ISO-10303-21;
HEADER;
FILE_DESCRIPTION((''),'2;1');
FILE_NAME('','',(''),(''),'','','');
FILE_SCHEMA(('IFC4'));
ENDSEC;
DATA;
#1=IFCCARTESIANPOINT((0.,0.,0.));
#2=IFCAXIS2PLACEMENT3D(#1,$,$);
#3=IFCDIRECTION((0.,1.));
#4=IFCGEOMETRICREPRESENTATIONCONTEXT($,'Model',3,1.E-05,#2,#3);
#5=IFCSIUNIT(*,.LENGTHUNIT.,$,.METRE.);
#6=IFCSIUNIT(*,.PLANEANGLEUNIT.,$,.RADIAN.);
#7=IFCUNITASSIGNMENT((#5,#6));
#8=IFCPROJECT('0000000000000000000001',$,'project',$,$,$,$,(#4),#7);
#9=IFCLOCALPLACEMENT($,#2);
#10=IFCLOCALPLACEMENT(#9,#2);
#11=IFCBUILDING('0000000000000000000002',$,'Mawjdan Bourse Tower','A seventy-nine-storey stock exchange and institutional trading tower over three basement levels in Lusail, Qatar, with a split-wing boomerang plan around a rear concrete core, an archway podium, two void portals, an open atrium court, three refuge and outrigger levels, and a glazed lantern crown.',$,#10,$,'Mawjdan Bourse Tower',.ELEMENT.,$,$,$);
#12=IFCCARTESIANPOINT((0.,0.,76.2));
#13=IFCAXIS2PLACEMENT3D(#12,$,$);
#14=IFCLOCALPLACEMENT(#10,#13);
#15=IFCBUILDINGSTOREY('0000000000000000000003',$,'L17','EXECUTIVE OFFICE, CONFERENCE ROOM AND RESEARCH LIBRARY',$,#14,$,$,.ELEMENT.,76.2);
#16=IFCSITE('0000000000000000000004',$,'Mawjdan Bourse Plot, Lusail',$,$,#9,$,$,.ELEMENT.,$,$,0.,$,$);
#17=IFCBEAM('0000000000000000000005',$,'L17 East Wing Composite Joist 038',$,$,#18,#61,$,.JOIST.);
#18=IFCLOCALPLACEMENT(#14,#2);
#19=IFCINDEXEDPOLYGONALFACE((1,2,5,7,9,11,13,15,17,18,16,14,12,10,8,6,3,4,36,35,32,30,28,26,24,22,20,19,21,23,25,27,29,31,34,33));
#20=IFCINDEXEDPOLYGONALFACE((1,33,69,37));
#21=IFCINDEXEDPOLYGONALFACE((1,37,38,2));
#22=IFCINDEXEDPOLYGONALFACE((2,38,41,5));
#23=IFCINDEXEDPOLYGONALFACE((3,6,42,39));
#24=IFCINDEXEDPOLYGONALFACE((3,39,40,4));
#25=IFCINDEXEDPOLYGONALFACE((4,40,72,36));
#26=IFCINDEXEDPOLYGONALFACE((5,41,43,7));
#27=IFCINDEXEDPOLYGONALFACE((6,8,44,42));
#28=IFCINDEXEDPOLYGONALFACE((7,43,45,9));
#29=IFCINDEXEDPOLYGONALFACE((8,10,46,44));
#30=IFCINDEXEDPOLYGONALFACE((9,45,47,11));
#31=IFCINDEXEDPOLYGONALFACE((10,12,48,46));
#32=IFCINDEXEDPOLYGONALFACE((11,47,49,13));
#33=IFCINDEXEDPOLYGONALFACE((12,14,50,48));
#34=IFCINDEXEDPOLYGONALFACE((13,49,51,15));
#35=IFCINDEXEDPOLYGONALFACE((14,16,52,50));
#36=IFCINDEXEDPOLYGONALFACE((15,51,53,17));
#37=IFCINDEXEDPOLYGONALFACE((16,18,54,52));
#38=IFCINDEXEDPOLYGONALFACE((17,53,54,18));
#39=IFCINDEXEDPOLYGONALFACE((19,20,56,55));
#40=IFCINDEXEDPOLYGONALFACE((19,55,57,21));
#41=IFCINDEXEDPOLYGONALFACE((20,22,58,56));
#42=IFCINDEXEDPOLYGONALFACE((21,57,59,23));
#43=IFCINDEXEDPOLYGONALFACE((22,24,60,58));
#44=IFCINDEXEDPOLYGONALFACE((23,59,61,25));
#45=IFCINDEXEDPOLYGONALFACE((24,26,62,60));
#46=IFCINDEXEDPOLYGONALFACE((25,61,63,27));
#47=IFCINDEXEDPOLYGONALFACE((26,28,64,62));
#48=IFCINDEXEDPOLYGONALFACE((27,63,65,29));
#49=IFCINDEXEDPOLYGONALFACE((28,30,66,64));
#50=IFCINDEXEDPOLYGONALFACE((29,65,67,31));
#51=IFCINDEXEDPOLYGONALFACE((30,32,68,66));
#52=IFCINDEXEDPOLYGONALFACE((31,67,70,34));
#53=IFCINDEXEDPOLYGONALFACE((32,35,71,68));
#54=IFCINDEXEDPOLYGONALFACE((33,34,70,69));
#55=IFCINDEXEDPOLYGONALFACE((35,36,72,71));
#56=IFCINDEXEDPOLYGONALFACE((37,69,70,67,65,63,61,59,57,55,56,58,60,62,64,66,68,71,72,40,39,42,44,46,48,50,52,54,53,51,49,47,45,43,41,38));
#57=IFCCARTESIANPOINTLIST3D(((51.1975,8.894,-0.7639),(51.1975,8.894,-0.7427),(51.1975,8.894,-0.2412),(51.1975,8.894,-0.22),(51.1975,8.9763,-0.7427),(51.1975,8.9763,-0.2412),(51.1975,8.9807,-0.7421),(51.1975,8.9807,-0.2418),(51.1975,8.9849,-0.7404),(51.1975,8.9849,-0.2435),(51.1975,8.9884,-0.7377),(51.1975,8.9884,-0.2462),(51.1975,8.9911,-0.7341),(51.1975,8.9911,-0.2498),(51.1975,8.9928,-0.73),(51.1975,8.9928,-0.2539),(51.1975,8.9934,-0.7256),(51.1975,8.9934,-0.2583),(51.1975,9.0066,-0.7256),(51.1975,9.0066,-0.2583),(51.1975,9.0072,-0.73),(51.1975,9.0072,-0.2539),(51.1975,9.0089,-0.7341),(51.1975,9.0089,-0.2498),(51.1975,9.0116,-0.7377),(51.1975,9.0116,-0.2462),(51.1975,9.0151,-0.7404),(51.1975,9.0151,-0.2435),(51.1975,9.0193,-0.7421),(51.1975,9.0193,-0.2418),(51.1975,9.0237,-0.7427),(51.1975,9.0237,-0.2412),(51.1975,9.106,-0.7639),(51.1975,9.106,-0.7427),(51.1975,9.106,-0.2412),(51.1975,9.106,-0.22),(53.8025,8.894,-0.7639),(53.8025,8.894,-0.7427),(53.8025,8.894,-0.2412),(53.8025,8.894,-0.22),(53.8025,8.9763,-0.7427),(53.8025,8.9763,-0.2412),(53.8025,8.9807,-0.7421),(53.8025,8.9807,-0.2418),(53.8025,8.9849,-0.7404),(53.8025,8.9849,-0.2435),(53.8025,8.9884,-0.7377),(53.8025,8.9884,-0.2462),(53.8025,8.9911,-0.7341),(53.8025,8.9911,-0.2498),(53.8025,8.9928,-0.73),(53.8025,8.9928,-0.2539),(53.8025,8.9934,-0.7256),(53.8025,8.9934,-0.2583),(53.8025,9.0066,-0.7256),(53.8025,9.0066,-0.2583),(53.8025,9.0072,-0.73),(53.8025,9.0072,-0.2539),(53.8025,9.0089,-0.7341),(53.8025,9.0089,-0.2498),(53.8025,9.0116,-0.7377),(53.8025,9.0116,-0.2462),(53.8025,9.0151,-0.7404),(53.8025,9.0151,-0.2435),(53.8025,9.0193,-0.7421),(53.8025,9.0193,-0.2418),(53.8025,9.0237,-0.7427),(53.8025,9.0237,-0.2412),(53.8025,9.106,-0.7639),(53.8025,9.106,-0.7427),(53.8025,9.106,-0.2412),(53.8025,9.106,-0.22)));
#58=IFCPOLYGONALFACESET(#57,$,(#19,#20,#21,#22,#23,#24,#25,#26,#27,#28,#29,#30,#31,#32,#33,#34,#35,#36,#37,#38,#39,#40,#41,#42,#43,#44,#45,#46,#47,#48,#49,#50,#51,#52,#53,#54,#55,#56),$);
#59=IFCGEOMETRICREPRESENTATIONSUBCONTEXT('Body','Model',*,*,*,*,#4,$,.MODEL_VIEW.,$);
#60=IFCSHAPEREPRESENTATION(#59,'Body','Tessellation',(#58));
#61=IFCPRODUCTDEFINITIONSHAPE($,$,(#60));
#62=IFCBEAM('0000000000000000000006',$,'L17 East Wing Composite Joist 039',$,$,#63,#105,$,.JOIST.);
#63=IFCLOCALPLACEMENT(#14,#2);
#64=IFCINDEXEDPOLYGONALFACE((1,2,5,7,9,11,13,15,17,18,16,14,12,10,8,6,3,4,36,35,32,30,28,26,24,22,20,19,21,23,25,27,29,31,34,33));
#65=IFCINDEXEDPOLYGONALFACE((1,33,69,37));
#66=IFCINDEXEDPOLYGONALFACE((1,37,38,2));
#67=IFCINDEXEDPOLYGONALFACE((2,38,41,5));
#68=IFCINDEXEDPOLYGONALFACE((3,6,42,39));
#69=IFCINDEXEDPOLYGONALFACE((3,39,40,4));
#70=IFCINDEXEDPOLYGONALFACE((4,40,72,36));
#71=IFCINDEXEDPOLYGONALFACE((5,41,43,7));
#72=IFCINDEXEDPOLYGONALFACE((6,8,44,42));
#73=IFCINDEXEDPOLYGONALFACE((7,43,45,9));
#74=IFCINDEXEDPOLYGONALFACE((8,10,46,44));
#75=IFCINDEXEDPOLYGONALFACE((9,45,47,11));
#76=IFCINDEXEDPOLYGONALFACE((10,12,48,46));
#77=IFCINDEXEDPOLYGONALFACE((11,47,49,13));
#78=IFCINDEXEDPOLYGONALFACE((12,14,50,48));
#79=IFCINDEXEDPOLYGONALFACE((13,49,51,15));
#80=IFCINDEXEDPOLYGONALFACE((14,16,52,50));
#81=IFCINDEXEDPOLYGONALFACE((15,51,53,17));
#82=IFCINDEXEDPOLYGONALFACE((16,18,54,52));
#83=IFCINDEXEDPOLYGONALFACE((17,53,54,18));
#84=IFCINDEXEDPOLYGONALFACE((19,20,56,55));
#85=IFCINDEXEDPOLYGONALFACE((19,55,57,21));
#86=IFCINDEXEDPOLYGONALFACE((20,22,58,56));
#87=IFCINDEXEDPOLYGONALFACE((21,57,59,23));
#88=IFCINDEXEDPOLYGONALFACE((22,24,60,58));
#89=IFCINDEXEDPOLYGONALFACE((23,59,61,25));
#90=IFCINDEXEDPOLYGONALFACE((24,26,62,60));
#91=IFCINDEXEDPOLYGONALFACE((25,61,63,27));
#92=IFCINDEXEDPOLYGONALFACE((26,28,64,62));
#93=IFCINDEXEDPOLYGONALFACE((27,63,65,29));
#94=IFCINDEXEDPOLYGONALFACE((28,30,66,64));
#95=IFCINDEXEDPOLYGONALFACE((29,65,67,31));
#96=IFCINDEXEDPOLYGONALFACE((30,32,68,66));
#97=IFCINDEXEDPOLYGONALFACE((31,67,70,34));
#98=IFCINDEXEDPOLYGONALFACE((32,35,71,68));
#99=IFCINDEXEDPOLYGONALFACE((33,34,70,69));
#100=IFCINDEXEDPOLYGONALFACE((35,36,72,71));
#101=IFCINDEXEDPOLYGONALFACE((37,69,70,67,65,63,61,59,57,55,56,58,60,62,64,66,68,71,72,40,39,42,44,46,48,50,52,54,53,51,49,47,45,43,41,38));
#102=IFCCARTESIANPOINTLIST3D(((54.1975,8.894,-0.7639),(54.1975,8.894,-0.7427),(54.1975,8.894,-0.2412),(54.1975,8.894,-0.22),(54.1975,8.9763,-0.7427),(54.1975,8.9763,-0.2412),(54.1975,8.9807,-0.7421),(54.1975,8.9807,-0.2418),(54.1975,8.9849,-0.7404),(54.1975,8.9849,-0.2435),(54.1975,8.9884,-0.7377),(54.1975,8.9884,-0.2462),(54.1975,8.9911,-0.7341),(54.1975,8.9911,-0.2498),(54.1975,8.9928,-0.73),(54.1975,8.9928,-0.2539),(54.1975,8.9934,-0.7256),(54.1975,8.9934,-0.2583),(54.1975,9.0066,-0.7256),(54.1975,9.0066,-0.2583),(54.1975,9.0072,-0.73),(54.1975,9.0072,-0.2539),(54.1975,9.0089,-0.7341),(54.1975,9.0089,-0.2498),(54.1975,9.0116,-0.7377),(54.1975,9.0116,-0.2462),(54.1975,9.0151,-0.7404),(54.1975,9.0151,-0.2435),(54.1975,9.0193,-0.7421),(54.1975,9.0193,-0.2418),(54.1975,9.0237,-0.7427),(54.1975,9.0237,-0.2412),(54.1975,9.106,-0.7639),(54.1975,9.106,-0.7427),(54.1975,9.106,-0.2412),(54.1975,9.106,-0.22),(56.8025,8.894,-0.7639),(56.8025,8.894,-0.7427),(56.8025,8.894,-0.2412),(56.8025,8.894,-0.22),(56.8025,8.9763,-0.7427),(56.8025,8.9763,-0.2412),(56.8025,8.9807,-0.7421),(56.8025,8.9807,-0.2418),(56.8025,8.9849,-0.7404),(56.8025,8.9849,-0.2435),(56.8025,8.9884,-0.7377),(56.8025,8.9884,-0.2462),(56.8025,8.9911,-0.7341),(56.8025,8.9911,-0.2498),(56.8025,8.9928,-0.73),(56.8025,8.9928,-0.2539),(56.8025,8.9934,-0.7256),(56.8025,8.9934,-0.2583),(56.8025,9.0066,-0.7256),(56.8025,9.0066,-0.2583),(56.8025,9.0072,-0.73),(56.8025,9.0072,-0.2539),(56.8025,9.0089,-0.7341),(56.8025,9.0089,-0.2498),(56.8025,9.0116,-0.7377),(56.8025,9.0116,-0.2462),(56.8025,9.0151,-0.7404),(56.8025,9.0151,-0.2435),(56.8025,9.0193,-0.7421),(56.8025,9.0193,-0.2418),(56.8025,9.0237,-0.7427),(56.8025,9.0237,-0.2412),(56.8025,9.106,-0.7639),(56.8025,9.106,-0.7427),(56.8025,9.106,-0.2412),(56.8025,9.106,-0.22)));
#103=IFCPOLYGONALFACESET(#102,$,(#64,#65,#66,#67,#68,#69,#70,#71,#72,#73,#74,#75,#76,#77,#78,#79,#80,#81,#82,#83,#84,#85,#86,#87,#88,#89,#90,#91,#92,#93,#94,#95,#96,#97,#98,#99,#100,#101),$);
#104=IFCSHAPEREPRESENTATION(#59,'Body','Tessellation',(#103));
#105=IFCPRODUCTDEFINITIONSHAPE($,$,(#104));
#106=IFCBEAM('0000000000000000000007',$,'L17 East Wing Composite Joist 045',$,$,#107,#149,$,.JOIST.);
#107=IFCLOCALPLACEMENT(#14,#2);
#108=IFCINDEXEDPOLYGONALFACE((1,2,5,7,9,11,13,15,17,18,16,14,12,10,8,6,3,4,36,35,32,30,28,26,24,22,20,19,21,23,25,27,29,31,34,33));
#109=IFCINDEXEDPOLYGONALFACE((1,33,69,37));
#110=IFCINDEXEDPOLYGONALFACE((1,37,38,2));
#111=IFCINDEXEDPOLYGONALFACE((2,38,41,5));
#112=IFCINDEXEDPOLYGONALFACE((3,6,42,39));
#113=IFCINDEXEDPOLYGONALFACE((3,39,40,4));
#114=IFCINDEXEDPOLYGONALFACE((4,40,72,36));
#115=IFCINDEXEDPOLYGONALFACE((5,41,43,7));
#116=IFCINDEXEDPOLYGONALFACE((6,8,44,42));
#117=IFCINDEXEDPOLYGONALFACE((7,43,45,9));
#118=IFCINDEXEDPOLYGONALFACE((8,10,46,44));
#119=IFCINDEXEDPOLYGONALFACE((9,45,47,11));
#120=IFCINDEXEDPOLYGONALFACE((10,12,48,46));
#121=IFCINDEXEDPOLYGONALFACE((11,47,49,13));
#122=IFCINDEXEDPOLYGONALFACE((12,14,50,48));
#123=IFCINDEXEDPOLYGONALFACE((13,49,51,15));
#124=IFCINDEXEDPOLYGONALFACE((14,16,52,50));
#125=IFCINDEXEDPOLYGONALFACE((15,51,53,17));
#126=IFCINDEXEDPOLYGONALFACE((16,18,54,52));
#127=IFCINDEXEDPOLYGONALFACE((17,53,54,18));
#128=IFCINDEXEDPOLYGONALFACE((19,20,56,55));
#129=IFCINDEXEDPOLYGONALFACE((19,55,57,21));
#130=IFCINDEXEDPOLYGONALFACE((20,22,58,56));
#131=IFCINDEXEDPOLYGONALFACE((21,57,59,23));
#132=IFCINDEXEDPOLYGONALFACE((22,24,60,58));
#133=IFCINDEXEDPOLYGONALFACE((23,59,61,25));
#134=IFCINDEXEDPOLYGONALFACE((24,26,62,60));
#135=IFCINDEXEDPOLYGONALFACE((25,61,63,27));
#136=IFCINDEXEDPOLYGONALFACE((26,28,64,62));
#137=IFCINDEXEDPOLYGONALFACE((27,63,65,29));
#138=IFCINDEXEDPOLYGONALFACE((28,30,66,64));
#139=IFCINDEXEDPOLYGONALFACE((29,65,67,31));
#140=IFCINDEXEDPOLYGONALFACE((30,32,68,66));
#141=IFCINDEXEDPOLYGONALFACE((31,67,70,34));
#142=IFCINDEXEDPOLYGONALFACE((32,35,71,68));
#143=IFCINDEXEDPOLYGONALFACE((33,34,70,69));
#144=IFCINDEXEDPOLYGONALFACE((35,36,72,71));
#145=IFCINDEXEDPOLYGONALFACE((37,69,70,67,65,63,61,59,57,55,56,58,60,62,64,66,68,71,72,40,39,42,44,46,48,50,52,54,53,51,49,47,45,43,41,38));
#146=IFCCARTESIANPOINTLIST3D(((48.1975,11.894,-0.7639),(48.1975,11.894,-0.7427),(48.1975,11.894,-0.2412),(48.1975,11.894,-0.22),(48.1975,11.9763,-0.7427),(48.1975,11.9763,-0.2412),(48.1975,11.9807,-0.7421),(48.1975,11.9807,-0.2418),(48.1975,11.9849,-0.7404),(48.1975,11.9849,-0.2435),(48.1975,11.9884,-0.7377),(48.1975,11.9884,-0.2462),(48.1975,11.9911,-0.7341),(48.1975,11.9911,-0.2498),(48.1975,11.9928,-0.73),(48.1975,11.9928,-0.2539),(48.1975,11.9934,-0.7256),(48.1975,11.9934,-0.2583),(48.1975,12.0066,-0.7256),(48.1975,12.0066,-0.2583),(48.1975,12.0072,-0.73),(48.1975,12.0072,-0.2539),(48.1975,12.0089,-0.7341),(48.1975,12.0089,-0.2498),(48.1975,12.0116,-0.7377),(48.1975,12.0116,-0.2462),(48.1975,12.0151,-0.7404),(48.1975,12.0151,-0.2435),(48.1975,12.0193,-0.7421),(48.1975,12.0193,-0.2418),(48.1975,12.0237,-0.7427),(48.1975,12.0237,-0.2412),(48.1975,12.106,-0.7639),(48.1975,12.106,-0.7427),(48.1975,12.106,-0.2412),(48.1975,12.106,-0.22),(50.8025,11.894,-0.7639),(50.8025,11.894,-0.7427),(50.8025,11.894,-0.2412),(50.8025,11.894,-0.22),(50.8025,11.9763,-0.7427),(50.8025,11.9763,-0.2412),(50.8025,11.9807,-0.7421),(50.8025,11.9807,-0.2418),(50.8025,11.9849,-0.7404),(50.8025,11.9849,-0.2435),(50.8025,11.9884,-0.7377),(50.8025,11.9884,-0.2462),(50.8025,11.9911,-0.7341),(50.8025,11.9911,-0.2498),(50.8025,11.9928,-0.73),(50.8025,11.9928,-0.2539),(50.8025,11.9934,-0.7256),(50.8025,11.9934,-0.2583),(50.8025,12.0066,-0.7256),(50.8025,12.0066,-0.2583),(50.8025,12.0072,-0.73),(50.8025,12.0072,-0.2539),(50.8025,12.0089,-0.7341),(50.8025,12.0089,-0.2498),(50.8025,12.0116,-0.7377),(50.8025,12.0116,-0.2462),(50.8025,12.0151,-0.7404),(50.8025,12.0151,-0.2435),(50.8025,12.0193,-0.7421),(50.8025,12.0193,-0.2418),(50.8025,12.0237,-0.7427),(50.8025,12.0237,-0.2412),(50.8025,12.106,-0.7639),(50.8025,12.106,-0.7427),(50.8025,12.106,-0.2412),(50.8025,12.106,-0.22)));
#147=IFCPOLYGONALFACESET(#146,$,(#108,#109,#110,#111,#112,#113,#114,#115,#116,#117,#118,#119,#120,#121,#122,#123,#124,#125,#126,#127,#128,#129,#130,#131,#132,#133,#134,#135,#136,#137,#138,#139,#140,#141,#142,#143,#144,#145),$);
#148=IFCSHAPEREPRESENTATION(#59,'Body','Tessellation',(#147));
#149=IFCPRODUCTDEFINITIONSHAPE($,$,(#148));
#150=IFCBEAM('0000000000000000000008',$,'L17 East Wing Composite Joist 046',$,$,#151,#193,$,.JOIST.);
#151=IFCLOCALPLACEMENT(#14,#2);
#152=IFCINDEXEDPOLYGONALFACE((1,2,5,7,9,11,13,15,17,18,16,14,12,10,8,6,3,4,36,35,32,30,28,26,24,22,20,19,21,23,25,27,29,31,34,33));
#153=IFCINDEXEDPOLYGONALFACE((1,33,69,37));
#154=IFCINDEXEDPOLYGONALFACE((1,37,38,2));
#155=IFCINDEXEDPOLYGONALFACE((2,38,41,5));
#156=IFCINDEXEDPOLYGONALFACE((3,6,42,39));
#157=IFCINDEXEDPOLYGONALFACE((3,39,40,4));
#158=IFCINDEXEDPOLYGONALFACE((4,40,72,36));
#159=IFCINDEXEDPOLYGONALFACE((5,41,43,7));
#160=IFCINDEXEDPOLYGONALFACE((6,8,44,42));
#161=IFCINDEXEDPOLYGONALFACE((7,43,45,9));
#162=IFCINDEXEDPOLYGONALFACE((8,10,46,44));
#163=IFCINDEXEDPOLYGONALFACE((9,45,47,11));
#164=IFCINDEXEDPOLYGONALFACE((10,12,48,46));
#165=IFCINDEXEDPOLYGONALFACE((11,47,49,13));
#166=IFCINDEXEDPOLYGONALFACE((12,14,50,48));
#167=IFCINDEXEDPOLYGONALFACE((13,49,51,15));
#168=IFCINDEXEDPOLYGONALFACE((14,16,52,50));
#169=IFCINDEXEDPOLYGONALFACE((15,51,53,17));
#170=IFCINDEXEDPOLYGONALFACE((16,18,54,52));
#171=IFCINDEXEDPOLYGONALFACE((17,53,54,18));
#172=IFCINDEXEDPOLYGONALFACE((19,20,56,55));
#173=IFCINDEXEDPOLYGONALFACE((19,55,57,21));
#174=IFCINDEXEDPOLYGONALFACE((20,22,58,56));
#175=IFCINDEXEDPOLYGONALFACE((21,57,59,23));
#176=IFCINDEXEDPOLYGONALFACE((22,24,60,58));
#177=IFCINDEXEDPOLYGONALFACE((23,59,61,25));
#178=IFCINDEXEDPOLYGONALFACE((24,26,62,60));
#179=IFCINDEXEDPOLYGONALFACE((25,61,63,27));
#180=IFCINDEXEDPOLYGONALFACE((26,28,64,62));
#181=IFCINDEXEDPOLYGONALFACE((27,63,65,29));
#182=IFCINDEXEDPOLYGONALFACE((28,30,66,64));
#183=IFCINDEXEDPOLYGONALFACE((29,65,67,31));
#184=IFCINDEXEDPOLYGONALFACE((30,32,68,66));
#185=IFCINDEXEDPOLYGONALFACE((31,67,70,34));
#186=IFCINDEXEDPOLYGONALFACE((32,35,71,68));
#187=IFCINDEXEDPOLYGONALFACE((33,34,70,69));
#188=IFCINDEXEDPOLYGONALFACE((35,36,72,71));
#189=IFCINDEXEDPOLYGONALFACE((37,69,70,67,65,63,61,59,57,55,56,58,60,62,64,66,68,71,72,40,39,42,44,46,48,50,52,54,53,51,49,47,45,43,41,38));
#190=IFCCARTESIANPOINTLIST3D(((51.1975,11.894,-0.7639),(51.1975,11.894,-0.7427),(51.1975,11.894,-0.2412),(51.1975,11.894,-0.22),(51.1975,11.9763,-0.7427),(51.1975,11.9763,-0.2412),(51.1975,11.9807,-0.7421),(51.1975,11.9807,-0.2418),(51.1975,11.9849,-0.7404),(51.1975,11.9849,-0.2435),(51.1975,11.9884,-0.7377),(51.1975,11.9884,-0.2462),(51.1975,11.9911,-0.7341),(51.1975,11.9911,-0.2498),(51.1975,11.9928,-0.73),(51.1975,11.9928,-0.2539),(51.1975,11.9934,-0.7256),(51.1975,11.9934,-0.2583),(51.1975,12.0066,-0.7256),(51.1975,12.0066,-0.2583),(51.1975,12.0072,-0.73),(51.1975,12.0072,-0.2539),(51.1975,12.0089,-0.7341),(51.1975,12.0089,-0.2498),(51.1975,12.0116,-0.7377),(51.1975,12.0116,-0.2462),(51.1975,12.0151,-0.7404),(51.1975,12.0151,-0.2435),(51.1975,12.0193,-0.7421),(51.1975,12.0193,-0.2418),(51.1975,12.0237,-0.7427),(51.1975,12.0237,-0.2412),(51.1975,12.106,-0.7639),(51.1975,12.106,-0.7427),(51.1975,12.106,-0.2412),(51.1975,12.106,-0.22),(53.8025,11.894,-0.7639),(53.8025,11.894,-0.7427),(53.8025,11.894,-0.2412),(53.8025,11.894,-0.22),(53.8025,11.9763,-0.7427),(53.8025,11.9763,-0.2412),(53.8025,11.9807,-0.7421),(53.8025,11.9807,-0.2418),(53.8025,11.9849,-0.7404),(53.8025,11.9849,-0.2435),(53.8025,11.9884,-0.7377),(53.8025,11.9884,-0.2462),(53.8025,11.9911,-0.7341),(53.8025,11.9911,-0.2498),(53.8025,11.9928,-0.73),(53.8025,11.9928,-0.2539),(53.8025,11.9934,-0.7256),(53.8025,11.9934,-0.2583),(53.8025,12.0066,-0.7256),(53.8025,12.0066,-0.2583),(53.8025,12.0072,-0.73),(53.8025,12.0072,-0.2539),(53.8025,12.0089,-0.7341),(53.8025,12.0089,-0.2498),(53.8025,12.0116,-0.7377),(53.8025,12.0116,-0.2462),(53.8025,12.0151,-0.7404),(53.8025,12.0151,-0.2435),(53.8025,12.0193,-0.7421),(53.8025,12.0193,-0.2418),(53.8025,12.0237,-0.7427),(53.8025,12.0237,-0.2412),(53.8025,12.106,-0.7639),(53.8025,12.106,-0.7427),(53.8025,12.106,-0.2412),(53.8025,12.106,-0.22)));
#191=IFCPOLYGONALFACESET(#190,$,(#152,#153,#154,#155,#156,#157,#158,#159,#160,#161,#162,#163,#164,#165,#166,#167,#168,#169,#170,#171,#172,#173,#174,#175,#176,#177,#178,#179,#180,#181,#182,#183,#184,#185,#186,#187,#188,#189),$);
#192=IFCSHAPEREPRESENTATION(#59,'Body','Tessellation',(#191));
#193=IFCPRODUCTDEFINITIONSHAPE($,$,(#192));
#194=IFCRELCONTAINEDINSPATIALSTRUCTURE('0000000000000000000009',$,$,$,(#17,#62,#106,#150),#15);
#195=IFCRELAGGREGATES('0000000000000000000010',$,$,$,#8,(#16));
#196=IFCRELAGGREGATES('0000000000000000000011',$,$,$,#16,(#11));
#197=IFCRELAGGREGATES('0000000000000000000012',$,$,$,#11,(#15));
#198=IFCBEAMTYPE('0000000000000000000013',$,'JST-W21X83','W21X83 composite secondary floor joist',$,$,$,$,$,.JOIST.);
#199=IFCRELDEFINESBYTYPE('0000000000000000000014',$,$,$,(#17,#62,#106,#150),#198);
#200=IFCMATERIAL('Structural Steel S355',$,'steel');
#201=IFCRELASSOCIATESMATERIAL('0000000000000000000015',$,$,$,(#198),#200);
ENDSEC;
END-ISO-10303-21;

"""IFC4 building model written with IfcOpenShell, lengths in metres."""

from ifc_helpers import new_model, si_unit, direction, frame, origin, origin_2d, place, context, subcontext, project, spatial, i_section, extrude, material, material_profile, profile_set, type_object, element, save


model = new_model("IFC4")

# Units and contexts
model_context = context("Model", 3, precision=1e-05, world=origin(), true_north=direction((0.0, 1.0)))
body_context = subcontext(model_context, "Body", "Model", "MODEL_VIEW")
ifc_project = project(units=[si_unit("LENGTHUNIT", "METRE"), si_unit("PLANEANGLEUNIT", "RADIAN")], contexts=[model_context])

# Site, building, storey
site_placement = place(None, origin())
site = spatial("IfcSite", under=ifc_project, at=site_placement, Name="Mawjdan Bourse Plot, Lusail", CompositionType="ELEMENT", RefElevation=0.0)
building_placement = place(site_placement, origin())
building = spatial("IfcBuilding", under=site, at=building_placement, Name="Mawjdan Bourse Tower", Description="A seventy-nine-storey stock exchange and institutional trading tower over three basement levels in Lusail, Qatar, with a split-wing boomerang plan around a rear concrete core, an archway podium, two void portals, an open atrium court, three refuge and outrigger levels, and a glazed lantern crown.", LongName="Mawjdan Bourse Tower", CompositionType="ELEMENT")
storey_placement = place(building_placement, frame((0.0, 0.0, 76.2)))
storey = spatial("IfcBuildingStorey", under=building, at=storey_placement, Name="L17", Description="EXECUTIVE OFFICE, CONFERENCE ROOM AND RESEARCH LIBRARY", CompositionType="ELEMENT", Elevation=76.2)

# Beams
ifc_material_1 = material(Name="Structural Steel S355", Category="steel")
ifc_material_profile_1 = material_profile(ifc_material_1, i_section(OverallWidth=0.2119, OverallDepth=0.5439, WebThickness=0.0132, FlangeThickness=0.0212, FilletRadius=0.0171, at=origin_2d()), Name="W21X83")
ifc_profile_set_1 = profile_set([ifc_material_profile_1], Name="Structural Steel S355")
beam_type_1 = type_object("IfcBeamType", Name="JST-W21X83", Description="W21X83 composite secondary floor joist", PredefinedType="JOIST", material=ifc_profile_set_1)
for number, where, z_axis, x_axis, name in (
    (1, (51.1975, 9.0, -0.4919), (1.0, 0.0, 0.0), (0.0, 1.0, 0.0), "L17 East Wing Composite Joist 038"),
    (2, (54.1975, 9.0, -0.4919), (1.0, 0.0, 0.0), (0.0, 1.0, 0.0), "L17 East Wing Composite Joist 039"),
    (3, (48.1975, 12.0, -0.4919), (1.0, 0.0, 0.0), (0.0, 1.0, 0.0), "L17 East Wing Composite Joist 045"),
    (4, (51.1975, 12.0, -0.4919), (1.0, 0.0, 0.0), (0.0, 1.0, 0.0), "L17 East Wing Composite Joist 046"),
):
    element("IfcBeam", number, at=place(storey_placement, frame(where, z_axis=z_axis, x_axis=x_axis)), inside=storey, type_object=beam_type_1, Name=name, PredefinedType="JOIST", context=body_context, shape_type="SweptSolid", body=[
        extrude(i_section(OverallWidth=0.2119, OverallDepth=0.5439, WebThickness=0.0132, FlangeThickness=0.0212, FilletRadius=0.0171, at=origin_2d()), origin(), (0.0, 0.0, 1.0), 2.605),
    ])

save(model, "model.ifc")
